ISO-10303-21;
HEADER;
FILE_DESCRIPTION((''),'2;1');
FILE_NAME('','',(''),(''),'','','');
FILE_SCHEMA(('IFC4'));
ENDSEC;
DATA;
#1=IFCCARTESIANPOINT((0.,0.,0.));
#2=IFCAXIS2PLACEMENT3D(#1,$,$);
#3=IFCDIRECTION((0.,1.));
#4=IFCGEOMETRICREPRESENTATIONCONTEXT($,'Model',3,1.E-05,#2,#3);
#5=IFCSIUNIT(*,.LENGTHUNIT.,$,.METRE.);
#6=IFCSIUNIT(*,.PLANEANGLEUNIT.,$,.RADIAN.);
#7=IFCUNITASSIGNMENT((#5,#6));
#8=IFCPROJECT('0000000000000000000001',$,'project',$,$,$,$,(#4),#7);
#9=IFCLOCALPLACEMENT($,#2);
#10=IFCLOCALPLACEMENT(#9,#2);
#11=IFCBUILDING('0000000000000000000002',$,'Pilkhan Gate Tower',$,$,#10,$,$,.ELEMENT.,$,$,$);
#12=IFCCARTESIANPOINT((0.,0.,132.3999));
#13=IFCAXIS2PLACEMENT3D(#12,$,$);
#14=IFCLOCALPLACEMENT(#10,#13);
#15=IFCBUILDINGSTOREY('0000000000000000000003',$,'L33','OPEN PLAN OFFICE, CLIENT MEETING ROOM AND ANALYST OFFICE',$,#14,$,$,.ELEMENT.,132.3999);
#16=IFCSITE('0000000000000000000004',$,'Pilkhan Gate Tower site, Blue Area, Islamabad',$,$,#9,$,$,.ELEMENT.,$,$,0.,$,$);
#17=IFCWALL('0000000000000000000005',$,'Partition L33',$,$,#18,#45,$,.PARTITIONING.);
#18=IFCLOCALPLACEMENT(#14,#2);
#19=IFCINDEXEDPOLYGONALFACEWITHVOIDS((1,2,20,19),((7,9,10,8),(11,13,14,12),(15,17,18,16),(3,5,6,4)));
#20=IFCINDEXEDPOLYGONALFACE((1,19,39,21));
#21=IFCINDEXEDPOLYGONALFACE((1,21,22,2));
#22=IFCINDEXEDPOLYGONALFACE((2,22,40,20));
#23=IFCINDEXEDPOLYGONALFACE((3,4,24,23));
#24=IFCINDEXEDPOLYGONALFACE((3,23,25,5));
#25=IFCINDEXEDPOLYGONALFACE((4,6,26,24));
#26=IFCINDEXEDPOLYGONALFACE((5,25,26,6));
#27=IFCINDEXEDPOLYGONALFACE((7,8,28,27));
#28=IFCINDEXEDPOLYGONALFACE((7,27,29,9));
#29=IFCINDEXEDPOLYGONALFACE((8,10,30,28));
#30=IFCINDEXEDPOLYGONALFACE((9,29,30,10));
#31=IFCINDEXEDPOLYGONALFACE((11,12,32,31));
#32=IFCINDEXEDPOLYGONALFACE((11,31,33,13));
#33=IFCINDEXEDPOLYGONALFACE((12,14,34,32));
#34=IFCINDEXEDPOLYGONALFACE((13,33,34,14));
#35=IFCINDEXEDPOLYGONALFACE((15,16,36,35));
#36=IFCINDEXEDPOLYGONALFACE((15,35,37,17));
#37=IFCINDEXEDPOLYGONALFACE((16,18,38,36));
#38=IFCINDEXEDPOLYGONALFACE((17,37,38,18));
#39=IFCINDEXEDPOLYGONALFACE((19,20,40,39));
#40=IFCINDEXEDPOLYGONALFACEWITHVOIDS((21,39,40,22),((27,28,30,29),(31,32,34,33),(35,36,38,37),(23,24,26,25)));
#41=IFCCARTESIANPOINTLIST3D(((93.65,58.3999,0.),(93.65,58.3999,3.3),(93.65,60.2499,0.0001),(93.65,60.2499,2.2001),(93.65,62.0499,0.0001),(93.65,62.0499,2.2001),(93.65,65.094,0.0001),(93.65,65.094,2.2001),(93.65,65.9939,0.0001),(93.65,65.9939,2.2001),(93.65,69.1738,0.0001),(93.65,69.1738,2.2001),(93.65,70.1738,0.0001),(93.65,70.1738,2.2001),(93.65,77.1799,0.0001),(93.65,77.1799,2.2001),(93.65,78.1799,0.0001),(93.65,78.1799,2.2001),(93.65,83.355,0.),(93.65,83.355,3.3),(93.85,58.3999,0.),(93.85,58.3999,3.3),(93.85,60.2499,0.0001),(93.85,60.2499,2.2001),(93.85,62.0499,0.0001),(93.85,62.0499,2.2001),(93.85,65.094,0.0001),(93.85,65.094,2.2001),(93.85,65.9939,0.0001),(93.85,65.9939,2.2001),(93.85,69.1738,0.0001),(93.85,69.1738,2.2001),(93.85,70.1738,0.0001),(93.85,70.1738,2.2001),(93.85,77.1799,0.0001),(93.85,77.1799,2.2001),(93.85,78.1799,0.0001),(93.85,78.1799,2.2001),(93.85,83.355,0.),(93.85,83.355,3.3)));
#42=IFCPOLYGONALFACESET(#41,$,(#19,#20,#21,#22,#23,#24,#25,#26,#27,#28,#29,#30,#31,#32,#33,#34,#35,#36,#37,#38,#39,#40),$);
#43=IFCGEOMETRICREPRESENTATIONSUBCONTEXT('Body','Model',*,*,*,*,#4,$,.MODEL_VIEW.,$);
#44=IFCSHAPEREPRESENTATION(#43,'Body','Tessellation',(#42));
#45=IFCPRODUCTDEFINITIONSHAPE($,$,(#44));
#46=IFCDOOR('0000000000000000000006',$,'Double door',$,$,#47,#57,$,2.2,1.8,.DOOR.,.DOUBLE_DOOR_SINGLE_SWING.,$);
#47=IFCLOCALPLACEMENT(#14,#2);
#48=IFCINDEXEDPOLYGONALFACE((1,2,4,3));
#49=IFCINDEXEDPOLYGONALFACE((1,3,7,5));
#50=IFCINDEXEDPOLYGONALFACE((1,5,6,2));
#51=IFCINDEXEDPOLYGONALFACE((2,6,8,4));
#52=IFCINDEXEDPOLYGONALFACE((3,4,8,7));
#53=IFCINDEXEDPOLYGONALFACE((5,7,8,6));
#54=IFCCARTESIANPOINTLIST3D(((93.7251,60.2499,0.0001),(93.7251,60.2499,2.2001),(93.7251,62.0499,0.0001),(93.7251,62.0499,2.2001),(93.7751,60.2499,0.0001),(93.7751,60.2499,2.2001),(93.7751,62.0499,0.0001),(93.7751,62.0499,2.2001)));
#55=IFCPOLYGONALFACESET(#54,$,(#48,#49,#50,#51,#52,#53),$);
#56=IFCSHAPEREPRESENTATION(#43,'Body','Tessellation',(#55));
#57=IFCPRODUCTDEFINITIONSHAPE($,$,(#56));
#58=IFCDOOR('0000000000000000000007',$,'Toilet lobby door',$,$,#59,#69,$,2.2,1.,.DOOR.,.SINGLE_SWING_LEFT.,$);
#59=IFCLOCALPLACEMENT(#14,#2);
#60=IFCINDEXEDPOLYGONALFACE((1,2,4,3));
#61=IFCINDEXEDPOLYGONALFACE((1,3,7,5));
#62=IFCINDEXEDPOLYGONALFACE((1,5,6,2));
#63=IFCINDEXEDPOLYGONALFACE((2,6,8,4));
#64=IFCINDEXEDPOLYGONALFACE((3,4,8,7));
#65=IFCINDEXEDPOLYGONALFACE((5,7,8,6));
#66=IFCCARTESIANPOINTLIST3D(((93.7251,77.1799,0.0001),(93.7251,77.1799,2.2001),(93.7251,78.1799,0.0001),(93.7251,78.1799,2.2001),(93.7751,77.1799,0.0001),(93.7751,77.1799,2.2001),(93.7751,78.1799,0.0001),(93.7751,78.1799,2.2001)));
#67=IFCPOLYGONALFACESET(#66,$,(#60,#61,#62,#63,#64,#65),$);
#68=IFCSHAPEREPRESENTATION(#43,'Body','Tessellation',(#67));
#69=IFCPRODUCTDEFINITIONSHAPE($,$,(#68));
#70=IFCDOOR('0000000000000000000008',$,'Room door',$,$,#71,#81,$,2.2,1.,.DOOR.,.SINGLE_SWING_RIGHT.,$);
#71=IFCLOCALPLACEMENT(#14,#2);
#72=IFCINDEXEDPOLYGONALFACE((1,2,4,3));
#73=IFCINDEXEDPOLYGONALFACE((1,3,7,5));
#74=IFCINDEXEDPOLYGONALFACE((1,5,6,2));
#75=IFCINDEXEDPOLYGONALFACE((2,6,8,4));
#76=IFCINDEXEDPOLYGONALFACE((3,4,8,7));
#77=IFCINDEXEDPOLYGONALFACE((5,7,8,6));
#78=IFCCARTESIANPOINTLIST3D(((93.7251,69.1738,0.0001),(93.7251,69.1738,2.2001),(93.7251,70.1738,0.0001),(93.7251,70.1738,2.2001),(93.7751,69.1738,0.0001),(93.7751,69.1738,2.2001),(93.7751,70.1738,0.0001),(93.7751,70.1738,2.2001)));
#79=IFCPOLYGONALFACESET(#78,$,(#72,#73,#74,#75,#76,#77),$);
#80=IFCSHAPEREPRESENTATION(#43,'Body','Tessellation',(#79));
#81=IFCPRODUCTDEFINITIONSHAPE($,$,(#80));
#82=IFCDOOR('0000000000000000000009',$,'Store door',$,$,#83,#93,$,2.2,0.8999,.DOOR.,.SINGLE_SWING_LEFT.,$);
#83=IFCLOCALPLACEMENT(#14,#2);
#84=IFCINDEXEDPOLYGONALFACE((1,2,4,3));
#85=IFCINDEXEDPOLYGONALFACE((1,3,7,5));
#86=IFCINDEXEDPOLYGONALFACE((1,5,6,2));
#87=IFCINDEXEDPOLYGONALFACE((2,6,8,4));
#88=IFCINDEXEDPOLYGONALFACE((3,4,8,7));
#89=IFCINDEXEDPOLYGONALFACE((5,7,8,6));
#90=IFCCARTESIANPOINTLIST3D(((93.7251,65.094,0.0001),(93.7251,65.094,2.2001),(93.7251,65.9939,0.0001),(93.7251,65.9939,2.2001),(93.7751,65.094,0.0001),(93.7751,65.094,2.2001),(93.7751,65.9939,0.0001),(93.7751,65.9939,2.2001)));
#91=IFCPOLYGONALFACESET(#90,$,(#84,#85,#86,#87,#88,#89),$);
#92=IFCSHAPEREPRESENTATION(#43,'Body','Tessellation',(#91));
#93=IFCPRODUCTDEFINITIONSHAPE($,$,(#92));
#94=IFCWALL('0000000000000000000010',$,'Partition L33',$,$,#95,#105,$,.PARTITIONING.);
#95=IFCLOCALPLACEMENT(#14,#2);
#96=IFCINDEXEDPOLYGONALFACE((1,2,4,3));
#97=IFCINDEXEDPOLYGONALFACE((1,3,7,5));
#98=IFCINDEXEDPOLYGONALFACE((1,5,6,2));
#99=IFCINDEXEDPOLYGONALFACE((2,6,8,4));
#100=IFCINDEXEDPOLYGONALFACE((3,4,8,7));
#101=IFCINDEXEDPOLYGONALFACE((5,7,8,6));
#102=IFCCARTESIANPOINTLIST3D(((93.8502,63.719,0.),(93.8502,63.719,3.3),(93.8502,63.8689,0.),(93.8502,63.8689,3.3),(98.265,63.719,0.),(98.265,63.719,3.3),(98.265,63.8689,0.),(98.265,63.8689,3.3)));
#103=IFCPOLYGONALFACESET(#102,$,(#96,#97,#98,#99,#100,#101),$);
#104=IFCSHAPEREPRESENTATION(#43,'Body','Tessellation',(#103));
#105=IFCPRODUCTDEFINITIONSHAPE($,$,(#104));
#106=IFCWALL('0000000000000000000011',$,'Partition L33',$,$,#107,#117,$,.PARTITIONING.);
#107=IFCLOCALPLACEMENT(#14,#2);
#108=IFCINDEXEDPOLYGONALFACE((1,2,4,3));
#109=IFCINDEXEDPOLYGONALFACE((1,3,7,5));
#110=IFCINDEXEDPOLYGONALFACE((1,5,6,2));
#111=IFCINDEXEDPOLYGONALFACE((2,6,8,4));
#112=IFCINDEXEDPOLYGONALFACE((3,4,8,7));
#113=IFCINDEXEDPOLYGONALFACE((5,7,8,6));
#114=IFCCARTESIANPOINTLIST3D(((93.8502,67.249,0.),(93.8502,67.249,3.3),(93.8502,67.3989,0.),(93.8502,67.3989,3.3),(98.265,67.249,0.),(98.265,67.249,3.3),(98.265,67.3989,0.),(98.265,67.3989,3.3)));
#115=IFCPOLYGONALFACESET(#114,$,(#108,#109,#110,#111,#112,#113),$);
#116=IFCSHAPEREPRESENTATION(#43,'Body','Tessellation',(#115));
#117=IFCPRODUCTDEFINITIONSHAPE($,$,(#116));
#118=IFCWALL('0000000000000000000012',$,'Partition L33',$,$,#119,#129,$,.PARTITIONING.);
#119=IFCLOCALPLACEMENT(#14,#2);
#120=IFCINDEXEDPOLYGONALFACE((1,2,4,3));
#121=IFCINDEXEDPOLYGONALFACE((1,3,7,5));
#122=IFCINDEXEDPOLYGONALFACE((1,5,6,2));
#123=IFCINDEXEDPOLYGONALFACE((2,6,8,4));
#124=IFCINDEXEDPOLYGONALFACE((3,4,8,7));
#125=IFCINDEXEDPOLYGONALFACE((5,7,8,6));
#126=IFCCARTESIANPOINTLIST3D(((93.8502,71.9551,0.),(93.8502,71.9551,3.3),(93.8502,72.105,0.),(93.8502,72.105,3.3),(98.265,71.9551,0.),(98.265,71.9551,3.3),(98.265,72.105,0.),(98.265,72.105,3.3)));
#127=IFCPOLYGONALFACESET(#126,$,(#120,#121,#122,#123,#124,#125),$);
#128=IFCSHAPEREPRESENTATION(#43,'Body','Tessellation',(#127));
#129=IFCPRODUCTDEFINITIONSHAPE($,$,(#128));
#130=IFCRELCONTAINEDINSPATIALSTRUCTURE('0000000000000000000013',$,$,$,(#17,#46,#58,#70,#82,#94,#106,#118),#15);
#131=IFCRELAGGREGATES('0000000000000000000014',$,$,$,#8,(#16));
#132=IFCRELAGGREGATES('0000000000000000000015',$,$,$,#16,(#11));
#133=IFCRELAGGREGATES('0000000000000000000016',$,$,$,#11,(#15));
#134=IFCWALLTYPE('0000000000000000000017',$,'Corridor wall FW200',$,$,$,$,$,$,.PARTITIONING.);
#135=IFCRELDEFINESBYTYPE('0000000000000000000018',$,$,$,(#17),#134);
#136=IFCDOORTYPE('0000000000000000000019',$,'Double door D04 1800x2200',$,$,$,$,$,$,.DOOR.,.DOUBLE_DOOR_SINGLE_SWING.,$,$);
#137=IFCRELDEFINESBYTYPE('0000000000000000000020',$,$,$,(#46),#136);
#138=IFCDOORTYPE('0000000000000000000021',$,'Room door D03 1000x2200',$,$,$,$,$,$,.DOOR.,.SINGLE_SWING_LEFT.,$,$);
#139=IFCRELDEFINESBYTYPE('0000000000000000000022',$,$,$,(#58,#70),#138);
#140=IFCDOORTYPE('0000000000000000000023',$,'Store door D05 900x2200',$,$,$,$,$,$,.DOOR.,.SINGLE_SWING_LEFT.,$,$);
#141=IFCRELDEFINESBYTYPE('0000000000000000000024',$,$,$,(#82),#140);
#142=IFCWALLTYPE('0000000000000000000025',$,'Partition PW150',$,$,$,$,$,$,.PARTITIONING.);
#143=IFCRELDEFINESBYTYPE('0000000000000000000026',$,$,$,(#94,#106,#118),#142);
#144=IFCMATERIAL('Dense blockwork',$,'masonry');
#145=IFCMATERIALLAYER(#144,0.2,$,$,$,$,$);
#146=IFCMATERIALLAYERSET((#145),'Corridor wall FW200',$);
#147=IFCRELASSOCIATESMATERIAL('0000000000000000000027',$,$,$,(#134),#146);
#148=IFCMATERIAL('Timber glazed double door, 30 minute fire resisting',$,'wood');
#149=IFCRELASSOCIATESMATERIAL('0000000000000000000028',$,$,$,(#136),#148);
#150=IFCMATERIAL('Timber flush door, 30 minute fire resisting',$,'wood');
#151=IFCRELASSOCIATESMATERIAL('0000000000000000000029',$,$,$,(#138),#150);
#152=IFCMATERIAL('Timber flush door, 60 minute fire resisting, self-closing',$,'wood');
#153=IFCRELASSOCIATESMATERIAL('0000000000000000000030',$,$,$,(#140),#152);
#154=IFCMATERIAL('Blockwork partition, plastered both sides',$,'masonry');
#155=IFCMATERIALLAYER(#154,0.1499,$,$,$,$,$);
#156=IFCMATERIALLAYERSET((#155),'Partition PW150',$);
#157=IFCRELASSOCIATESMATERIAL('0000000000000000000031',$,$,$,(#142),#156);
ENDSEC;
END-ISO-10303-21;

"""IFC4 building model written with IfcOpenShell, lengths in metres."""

from ifc_helpers import new_model, si_unit, direction, frame, frame_2d, origin, place, context, subcontext, project, spatial, rectangle, extrude, material, layer, layer_set, type_object, element, fill, save


model = new_model("IFC4")

# Units and contexts
model_context = context("Model", 3, precision=1e-05, world=origin(), true_north=direction((0.0, 1.0)))
body_context = subcontext(model_context, "Body", "Model", "MODEL_VIEW")
ifc_project = project(units=[si_unit("LENGTHUNIT", "METRE"), si_unit("PLANEANGLEUNIT", "RADIAN")], contexts=[model_context])

# Site, building, storey
site_placement = place(None, origin())
site = spatial("IfcSite", under=ifc_project, at=site_placement, Name="Pilkhan Gate Tower site, Blue Area, Islamabad", CompositionType="ELEMENT", RefElevation=0.0)
building_placement = place(site_placement, origin())
building = spatial("IfcBuilding", under=site, at=building_placement, Name="Pilkhan Gate Tower", CompositionType="ELEMENT")
storey_placement = place(building_placement, frame((0.0, 0.0, 132.3999)))
storey = spatial("IfcBuildingStorey", under=building, at=storey_placement, Name="L33", Description="OPEN PLAN OFFICE, CLIENT MEETING ROOM AND ANALYST OFFICE", CompositionType="ELEMENT", Elevation=132.3999)

# Shared definitions
ifc_material_1 = material(Name="Dense blockwork", Category="masonry")
ifc_layer_1 = layer(ifc_material_1, 0.2)
ifc_layer_set_1 = layer_set([ifc_layer_1], Name="Corridor wall FW200")
wall_type_1 = type_object("IfcWallType", Name="Corridor wall FW200", PredefinedType="PARTITIONING", material=ifc_layer_set_1)

# Wall, openings, doors
wall_1_placement = place(storey_placement, frame((93.75, 58.3999, 0.0), z_axis=(0.0, 0.0, 1.0), x_axis=(0.0, 1.0, 0.0)))
wall_1 = element("IfcWall", 1, at=wall_1_placement, inside=storey, type_object=wall_type_1, Name="Partition L33", PredefinedType="PARTITIONING", context=body_context, shape_type="SweptSolid", body=[
    extrude(rectangle(XDim=24.9551, YDim=0.2, at=frame_2d((12.4775, 0.0))), origin(), (0.0, 0.0, 1.0), 3.3),
])
opening_1_placement = place(wall_1_placement, frame((18.78, 0.0, 0.0)))
opening_1 = element("IfcOpeningElement", 2, at=opening_1_placement, cuts=wall_1, PredefinedType="OPENING", context=body_context, shape_type="SweptSolid", body=[
    extrude(rectangle(XDim=1.0, YDim=2.2, at=frame_2d((0.5, 1.1001))), frame((0.0, 0.1099, 0.0), z_axis=(0.0, -1.0, 0.0), x_axis=(1.0, 0.0, 0.0)), (0.0, 0.0, 1.0), 0.22),
])
opening_2_placement = place(wall_1_placement, frame((1.8501, 0.0, 0.0)))
opening_2 = element("IfcOpeningElement", 3, at=opening_2_placement, cuts=wall_1, PredefinedType="OPENING", context=body_context, shape_type="SweptSolid", body=[
    extrude(rectangle(XDim=1.8, YDim=2.2, at=frame_2d((0.8999, 1.1001))), frame((0.0, 0.1099, 0.0), z_axis=(0.0, -1.0, 0.0), x_axis=(1.0, 0.0, 0.0)), (0.0, 0.0, 1.0), 0.22),
])
opening_3_placement = place(wall_1_placement, frame((6.6941, 0.0, 0.0)))
opening_3 = element("IfcOpeningElement", 4, at=opening_3_placement, cuts=wall_1, PredefinedType="OPENING", context=body_context, shape_type="SweptSolid", body=[
    extrude(rectangle(XDim=0.8999, YDim=2.2, at=frame_2d((0.45, 1.1001))), frame((0.0, 0.1099, 0.0), z_axis=(0.0, -1.0, 0.0), x_axis=(1.0, 0.0, 0.0)), (0.0, 0.0, 1.0), 0.22),
])
opening_4_placement = place(wall_1_placement, frame((10.7739, 0.0, 0.0)))
opening_4 = element("IfcOpeningElement", 5, at=opening_4_placement, cuts=wall_1, PredefinedType="OPENING", context=body_context, shape_type="SweptSolid", body=[
    extrude(rectangle(XDim=1.0, YDim=2.2, at=frame_2d((0.5, 1.1001))), frame((0.0, 0.1099, 0.0), z_axis=(0.0, -1.0, 0.0), x_axis=(1.0, 0.0, 0.0)), (0.0, 0.0, 1.0), 0.22),
])
ifc_material_2 = material(Name="Timber glazed double door, 30 minute fire resisting", Category="wood")
door_type_1 = type_object("IfcDoorType", Name="Double door D04 1800x2200", OperationType="DOUBLE_DOOR_SINGLE_SWING", PredefinedType="DOOR", material=ifc_material_2)
door_1_placement = place(opening_2_placement, origin())
door_1 = element("IfcDoor", 6, at=door_1_placement, inside=storey, type_object=door_type_1, Name="Double door", OperationType="DOUBLE_DOOR_SINGLE_SWING", OverallHeight=2.2, OverallWidth=1.8, PredefinedType="DOOR", context=body_context, shape_type="SweptSolid", body=[
    extrude(rectangle(XDim=1.8, YDim=2.2, at=frame_2d((0.8999, 1.1001))), frame((0.0, 0.0249, 0.0), z_axis=(0.0, -1.0, 0.0), x_axis=(1.0, 0.0, 0.0)), (0.0, 0.0, 1.0), 0.05),
])
fill(opening_2, door_1)
ifc_material_3 = material(Name="Timber flush door, 30 minute fire resisting", Category="wood")
door_type_2 = type_object("IfcDoorType", Name="Room door D03 1000x2200", OperationType="SINGLE_SWING_LEFT", PredefinedType="DOOR", material=ifc_material_3)
door_2_placement = place(opening_1_placement, origin())
door_2 = element("IfcDoor", 7, at=door_2_placement, inside=storey, type_object=door_type_2, Name="Toilet lobby door", OperationType="SINGLE_SWING_LEFT", OverallHeight=2.2, OverallWidth=1.0, PredefinedType="DOOR", context=body_context, shape_type="SweptSolid", body=[
    extrude(rectangle(XDim=1.0, YDim=2.2, at=frame_2d((0.5, 1.1001))), frame((0.0, 0.0249, 0.0), z_axis=(0.0, -1.0, 0.0), x_axis=(1.0, 0.0, 0.0)), (0.0, 0.0, 1.0), 0.05),
])
fill(opening_1, door_2)
door_3_placement = place(opening_4_placement, origin())
door_3 = element("IfcDoor", 8, at=door_3_placement, inside=storey, type_object=door_type_2, Name="Room door", OperationType="SINGLE_SWING_RIGHT", OverallHeight=2.2, OverallWidth=1.0, PredefinedType="DOOR", context=body_context, shape_type="SweptSolid", body=[
    extrude(rectangle(XDim=1.0, YDim=2.2, at=frame_2d((0.5, 1.1001))), frame((0.0, 0.0249, 0.0), z_axis=(0.0, -1.0, 0.0), x_axis=(1.0, 0.0, 0.0)), (0.0, 0.0, 1.0), 0.05),
])
fill(opening_4, door_3)
ifc_material_4 = material(Name="Timber flush door, 60 minute fire resisting, self-closing", Category="wood")
door_type_3 = type_object("IfcDoorType", Name="Store door D05 900x2200", OperationType="SINGLE_SWING_LEFT", PredefinedType="DOOR", material=ifc_material_4)
door_4_placement = place(opening_3_placement, origin())
door_4 = element("IfcDoor", 9, at=door_4_placement, inside=storey, type_object=door_type_3, Name="Store door", OperationType="SINGLE_SWING_LEFT", OverallHeight=2.2, OverallWidth=0.8999, PredefinedType="DOOR", context=body_context, shape_type="SweptSolid", body=[
    extrude(rectangle(XDim=0.8999, YDim=2.2, at=frame_2d((0.45, 1.1001))), frame((0.0, 0.0249, 0.0), z_axis=(0.0, -1.0, 0.0), x_axis=(1.0, 0.0, 0.0)), (0.0, 0.0, 1.0), 0.05),
])
fill(opening_3, door_4)

# Walls
ifc_material_5 = material(Name="Blockwork partition, plastered both sides", Category="masonry")
ifc_layer_2 = layer(ifc_material_5, 0.1499)
ifc_layer_set_2 = layer_set([ifc_layer_2], Name="Partition PW150")
wall_type_2 = type_object("IfcWallType", Name="Partition PW150", PredefinedType="PARTITIONING", material=ifc_layer_set_2)
for number, where, z_axis, x_axis, name in (
    (10, (93.8501, 63.7939, 0.0), (0.0, 0.0, 1.0), (1.0, 0.0, 0.0), "Partition L33"),
    (11, (93.8501, 67.324, 0.0), (0.0, 0.0, 1.0), (1.0, 0.0, 0.0), "Partition L33"),
    (12, (93.8501, 72.03, 0.0), (0.0, 0.0, 1.0), (1.0, 0.0, 0.0), "Partition L33"),
):
    element("IfcWall", number, at=place(storey_placement, frame(where, z_axis=z_axis, x_axis=x_axis)), inside=storey, type_object=wall_type_2, Name=name, PredefinedType="PARTITIONING", context=body_context, shape_type="SweptSolid", body=[
        extrude(rectangle(XDim=4.4148, YDim=0.1499, at=frame_2d((2.2075, 0.0))), origin(), (0.0, 0.0, 1.0), 3.3),
    ])

save(model, "model.ifc")
